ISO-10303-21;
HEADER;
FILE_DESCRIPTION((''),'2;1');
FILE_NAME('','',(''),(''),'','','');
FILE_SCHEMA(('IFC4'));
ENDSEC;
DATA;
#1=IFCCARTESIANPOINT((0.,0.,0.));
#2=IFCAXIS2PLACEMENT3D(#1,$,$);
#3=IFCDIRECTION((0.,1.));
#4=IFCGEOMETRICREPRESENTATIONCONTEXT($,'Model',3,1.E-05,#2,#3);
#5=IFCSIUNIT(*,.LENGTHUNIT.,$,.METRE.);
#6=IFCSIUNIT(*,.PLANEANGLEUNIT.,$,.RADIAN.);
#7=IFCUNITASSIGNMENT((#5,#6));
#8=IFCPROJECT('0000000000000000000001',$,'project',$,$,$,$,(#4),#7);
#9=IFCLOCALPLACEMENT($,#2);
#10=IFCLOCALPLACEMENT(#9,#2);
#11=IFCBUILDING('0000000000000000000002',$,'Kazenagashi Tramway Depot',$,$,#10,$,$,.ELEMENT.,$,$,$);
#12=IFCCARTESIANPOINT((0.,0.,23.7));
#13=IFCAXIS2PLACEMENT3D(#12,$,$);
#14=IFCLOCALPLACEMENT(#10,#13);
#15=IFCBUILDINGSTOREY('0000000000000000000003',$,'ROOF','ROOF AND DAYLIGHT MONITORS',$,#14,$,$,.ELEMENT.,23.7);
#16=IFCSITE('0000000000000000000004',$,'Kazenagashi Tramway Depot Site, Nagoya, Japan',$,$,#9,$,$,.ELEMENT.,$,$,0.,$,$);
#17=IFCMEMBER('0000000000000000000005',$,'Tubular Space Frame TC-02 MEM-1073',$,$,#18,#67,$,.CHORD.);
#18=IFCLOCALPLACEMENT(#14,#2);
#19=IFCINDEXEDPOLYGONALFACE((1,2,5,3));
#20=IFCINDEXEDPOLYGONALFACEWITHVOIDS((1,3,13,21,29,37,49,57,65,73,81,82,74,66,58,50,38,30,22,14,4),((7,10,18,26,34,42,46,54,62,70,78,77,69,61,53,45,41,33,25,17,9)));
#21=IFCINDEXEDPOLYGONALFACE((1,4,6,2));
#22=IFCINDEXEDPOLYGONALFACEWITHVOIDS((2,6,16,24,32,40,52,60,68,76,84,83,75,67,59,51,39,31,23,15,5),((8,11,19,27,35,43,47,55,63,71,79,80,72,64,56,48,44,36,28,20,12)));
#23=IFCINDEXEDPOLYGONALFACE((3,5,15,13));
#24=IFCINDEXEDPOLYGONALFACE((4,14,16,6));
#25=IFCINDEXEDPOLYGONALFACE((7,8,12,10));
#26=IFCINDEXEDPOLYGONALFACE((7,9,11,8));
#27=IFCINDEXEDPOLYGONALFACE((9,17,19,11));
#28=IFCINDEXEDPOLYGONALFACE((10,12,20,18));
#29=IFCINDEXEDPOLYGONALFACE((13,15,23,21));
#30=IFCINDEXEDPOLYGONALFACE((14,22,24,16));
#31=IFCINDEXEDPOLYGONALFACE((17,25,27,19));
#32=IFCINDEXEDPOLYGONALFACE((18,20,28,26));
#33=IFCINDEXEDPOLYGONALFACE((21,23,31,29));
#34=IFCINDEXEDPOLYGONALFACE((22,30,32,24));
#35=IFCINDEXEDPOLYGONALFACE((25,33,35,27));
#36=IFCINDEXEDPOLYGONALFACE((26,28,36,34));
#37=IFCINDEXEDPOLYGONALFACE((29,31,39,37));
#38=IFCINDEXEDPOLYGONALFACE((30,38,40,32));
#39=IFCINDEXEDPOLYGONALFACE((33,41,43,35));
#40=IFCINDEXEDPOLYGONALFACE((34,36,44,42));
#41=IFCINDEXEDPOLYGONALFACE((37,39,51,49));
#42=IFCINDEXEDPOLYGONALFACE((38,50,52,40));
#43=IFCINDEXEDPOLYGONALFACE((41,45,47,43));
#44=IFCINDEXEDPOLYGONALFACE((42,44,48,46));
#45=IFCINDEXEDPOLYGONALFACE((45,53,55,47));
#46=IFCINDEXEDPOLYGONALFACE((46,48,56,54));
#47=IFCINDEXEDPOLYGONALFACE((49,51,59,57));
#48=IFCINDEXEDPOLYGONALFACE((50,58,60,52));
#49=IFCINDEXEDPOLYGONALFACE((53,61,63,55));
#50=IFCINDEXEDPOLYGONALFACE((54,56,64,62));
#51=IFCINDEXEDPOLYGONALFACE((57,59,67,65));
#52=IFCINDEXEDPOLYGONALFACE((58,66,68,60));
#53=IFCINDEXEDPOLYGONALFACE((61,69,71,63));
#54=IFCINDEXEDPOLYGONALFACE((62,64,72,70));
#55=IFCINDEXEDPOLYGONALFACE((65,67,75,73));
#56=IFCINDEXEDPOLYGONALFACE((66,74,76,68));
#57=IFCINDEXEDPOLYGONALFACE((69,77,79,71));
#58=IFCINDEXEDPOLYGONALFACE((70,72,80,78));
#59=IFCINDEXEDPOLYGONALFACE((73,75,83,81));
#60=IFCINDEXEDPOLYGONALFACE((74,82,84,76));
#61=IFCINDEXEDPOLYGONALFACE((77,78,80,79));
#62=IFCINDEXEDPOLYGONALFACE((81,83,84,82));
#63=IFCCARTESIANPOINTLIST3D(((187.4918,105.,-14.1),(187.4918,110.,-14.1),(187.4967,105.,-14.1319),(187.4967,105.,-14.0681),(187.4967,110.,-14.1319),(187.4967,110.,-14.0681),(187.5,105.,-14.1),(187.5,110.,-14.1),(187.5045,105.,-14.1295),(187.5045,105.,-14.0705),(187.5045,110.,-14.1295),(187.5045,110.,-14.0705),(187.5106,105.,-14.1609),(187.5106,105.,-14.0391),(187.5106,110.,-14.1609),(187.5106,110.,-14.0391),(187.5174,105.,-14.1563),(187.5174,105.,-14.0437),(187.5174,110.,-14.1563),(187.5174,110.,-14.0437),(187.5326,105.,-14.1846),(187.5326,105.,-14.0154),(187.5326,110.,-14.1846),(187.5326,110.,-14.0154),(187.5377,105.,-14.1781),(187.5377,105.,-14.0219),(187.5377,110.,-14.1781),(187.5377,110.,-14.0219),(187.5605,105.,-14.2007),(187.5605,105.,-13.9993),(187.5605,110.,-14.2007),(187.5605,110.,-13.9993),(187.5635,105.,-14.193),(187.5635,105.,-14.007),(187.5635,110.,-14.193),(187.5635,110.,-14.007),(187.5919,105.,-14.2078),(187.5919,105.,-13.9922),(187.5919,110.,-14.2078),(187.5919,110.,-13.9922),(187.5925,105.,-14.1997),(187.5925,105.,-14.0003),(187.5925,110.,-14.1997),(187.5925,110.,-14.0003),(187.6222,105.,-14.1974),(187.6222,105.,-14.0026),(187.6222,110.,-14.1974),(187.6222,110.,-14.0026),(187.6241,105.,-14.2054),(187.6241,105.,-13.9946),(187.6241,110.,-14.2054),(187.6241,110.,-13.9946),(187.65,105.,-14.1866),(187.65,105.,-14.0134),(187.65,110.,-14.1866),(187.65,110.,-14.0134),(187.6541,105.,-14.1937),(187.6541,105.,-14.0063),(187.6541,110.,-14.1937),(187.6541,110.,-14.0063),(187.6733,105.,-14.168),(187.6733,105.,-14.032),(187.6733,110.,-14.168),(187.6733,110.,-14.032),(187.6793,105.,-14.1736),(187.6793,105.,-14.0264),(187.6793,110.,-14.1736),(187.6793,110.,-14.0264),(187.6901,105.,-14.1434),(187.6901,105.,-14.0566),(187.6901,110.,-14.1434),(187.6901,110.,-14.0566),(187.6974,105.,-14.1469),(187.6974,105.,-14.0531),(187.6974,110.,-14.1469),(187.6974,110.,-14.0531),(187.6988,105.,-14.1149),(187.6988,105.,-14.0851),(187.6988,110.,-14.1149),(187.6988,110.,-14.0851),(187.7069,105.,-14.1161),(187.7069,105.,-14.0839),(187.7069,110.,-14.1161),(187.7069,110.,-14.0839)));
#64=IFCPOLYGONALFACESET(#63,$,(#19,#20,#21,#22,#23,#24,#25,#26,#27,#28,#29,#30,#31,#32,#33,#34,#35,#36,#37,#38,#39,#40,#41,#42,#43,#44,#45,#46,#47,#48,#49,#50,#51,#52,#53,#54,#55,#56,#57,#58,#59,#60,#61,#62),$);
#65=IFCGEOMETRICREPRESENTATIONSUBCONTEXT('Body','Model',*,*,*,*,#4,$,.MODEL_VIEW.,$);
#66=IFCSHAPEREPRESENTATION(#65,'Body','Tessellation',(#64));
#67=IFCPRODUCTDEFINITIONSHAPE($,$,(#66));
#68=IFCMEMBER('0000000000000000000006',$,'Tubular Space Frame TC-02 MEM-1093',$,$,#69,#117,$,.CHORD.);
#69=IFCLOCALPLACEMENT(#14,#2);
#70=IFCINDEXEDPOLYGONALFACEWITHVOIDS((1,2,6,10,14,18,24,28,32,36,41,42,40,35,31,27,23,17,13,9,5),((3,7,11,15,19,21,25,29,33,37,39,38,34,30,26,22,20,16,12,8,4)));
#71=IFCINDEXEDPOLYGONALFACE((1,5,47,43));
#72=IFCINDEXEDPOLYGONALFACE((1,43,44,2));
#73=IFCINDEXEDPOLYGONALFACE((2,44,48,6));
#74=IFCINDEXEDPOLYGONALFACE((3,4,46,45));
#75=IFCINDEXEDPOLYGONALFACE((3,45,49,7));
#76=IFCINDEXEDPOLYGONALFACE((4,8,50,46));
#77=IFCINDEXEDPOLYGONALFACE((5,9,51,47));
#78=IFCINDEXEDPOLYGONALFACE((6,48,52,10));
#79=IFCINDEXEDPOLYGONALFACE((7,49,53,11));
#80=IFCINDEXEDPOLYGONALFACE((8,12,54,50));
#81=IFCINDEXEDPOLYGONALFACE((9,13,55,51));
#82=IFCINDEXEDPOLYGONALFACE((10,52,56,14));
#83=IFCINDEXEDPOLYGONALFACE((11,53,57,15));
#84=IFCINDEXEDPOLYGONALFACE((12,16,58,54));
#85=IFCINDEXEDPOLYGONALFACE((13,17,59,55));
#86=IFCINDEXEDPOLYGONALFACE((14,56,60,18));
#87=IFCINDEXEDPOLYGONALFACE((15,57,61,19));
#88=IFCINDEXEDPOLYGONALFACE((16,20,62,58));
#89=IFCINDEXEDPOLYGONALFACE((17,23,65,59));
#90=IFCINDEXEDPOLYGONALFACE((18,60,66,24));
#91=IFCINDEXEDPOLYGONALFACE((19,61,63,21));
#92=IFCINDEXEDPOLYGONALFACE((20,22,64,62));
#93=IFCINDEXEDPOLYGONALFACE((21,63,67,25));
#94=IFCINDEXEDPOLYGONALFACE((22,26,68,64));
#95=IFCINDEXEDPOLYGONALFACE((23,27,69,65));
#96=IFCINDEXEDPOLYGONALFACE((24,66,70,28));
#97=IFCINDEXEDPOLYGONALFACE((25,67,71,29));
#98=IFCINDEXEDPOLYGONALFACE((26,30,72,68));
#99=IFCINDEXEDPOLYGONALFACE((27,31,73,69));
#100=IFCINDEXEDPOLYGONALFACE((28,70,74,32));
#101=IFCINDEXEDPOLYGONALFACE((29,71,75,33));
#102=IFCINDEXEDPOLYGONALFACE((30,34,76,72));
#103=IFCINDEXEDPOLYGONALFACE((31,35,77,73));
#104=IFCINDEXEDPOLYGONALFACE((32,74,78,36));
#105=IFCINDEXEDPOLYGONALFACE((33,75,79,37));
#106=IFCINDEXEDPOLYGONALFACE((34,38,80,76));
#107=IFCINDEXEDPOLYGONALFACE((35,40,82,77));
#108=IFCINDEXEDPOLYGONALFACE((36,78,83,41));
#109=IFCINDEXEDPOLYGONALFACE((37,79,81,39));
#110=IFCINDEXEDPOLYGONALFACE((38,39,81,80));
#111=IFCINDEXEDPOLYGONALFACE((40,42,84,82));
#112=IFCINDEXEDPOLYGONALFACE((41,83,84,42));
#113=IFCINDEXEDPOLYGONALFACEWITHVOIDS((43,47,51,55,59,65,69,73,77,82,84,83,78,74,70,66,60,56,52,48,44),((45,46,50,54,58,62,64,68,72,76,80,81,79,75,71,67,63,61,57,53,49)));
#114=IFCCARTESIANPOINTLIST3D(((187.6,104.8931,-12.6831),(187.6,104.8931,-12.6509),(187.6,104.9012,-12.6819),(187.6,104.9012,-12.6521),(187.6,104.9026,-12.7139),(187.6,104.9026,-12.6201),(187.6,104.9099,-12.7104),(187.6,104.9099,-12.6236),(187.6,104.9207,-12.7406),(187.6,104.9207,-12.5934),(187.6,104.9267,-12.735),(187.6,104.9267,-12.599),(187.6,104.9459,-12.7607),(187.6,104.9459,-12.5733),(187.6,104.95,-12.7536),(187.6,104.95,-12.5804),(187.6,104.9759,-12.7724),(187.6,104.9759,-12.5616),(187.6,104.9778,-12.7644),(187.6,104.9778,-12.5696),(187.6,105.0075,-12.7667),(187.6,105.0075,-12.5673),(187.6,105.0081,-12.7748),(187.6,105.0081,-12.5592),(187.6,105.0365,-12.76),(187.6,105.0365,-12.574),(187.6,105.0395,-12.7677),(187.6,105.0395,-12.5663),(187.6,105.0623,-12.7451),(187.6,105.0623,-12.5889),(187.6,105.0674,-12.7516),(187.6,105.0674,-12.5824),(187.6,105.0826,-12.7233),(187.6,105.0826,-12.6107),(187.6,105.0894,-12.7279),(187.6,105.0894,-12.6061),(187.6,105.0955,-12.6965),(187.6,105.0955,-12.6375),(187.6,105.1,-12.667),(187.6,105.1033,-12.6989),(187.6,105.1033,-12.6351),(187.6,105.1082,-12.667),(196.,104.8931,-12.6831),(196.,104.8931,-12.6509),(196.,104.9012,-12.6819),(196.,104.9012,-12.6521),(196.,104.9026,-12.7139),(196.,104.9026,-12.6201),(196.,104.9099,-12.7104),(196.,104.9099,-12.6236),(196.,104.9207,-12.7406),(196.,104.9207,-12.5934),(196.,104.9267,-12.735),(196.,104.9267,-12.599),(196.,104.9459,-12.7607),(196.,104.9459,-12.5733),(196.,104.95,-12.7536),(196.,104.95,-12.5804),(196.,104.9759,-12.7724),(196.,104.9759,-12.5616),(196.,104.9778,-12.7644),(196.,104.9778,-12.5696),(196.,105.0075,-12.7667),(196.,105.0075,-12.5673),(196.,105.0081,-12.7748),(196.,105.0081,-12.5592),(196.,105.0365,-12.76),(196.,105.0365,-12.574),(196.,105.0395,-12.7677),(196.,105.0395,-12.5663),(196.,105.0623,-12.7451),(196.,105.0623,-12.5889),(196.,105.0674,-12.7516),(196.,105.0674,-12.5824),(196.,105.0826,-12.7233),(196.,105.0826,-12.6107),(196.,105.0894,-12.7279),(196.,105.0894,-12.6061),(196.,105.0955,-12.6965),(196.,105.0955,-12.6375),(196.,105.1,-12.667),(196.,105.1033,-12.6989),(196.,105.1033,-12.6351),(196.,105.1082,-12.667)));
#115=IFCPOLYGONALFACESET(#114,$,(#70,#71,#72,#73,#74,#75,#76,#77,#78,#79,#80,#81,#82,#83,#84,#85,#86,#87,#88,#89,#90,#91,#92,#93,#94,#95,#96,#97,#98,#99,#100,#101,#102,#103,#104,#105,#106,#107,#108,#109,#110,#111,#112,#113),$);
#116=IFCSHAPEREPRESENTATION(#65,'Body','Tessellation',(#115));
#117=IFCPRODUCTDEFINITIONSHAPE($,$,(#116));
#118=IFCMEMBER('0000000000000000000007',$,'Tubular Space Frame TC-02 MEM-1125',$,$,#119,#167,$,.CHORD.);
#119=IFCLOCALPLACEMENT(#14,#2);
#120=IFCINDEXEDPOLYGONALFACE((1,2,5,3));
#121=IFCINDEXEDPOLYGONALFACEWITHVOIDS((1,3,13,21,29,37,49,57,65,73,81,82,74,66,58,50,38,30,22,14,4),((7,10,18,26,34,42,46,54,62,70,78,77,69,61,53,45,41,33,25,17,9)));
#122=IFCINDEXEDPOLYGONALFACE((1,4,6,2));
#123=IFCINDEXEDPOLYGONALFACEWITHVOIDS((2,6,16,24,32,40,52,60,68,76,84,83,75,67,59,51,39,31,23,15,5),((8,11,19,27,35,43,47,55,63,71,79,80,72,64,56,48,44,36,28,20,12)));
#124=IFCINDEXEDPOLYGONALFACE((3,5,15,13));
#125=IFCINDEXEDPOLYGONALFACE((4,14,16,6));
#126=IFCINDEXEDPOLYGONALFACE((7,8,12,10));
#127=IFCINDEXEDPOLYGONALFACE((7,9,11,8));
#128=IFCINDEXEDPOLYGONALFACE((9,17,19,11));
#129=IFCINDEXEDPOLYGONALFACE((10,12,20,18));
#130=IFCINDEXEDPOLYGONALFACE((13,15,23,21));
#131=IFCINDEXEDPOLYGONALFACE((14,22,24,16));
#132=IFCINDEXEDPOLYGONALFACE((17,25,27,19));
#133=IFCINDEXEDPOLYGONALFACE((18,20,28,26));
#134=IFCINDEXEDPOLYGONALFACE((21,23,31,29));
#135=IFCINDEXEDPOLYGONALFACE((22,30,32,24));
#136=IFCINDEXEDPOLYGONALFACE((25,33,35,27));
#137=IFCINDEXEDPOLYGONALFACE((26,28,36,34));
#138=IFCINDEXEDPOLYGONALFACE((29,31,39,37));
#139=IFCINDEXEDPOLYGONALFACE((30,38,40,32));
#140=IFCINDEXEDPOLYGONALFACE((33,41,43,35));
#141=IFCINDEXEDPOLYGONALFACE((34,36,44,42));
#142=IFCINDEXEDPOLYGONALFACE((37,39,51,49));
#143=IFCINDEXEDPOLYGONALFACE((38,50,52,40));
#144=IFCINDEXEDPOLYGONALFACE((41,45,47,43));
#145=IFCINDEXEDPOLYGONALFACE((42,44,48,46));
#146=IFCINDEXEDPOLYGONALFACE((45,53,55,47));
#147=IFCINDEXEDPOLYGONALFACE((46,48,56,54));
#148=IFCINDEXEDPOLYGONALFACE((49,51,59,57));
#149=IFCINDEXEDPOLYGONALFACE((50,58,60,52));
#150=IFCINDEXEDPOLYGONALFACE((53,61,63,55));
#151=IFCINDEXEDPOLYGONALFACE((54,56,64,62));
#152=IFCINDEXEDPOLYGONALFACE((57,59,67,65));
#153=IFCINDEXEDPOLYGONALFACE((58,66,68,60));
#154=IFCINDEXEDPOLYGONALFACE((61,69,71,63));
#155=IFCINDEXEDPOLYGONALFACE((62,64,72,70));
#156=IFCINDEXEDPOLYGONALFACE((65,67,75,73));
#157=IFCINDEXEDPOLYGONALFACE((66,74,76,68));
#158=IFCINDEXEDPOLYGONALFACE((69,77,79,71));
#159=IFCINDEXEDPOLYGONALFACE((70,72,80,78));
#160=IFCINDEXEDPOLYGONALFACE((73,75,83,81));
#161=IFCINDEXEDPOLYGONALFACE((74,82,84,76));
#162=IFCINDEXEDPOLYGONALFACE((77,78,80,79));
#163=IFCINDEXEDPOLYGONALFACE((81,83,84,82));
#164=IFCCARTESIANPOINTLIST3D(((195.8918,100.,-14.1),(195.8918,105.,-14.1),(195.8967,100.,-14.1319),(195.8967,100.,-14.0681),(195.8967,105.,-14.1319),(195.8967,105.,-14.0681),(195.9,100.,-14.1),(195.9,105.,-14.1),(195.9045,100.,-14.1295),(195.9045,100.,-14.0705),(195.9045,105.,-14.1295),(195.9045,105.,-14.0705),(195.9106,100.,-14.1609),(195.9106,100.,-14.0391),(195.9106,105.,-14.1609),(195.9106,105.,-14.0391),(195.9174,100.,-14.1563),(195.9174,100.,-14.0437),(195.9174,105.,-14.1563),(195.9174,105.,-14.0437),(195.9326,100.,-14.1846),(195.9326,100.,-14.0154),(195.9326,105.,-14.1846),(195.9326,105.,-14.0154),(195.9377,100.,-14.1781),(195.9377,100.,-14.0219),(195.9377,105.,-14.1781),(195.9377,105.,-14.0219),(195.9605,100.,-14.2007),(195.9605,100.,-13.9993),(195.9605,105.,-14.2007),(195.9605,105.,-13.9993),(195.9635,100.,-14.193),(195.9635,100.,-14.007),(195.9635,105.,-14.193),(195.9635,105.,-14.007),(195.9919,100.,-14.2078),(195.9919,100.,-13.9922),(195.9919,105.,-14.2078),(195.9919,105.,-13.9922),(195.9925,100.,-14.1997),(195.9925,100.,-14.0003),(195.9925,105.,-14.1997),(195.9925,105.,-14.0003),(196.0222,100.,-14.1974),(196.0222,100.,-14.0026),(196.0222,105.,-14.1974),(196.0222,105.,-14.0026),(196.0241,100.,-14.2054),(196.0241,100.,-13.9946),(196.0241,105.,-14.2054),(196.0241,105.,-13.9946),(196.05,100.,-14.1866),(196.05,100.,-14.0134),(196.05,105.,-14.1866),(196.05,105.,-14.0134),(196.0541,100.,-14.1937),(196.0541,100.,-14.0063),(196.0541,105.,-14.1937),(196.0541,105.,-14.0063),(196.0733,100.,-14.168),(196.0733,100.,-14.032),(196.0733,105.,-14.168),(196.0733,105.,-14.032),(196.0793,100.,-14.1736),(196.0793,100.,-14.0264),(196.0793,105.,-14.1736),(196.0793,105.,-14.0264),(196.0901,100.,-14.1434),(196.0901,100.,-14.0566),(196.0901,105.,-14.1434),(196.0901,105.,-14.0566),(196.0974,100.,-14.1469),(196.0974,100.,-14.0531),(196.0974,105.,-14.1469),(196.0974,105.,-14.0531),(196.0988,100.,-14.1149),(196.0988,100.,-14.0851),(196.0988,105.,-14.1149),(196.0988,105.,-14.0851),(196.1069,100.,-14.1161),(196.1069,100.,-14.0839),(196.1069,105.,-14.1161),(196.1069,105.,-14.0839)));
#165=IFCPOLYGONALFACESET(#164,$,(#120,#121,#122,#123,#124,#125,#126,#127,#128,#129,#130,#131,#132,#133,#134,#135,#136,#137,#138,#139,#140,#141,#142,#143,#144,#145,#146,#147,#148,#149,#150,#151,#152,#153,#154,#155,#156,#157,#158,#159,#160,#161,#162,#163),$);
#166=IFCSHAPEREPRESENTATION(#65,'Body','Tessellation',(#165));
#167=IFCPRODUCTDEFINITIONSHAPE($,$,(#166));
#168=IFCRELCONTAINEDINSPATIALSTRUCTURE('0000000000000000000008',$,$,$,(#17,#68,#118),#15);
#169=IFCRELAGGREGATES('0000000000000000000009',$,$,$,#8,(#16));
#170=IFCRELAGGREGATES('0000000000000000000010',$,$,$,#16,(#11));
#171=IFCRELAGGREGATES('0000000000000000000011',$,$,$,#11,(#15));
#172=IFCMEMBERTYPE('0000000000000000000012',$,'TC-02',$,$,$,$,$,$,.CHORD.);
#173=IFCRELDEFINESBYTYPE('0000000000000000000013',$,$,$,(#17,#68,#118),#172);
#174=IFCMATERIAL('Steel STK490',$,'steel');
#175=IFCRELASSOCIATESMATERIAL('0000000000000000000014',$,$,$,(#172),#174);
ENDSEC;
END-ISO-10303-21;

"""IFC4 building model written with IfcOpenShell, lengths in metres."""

from ifc_helpers import new_model, si_unit, direction, frame, origin, origin_2d, place, context, subcontext, project, spatial, hollow_circle, extrude, material, material_profile, profile_set, type_object, element, save


model = new_model("IFC4")

# Units and contexts
model_context = context("Model", 3, precision=1e-05, world=origin(), true_north=direction((0.0, 1.0)))
body_context = subcontext(model_context, "Body", "Model", "MODEL_VIEW")
ifc_project = project(units=[si_unit("LENGTHUNIT", "METRE"), si_unit("PLANEANGLEUNIT", "RADIAN")], contexts=[model_context])

# Site, building, storey
site_placement = place(None, origin())
site = spatial("IfcSite", under=ifc_project, at=site_placement, Name="Kazenagashi Tramway Depot Site, Nagoya, Japan", CompositionType="ELEMENT", RefElevation=0.0)
building_placement = place(site_placement, origin())
building = spatial("IfcBuilding", under=site, at=building_placement, Name="Kazenagashi Tramway Depot", CompositionType="ELEMENT")
storey_placement = place(building_placement, frame((0.0, 0.0, 23.7)))
storey = spatial("IfcBuildingStorey", under=building, at=storey_placement, Name="ROOF", Description="ROOF AND DAYLIGHT MONITORS", CompositionType="ELEMENT", Elevation=23.7)

# Members
ifc_material_1 = material(Name="Steel STK490", Category="steel")
ifc_material_profile_1 = material_profile(ifc_material_1, hollow_circle(Radius=0.1081, WallThickness=0.0082, at=origin_2d()), Name="CHS-216.3x8.2")
ifc_profile_set_1 = profile_set([ifc_material_profile_1], Name="Steel STK490")
member_type_1 = type_object("IfcMemberType", Name="TC-02", PredefinedType="CHORD", material=ifc_profile_set_1)
for number, where, z_axis, x_axis, name in (
    (1, (187.6, 105.0, -14.1), (0.0, 1.0, 0.0), (-1.0, 0.0, 0.0), "Tubular Space Frame TC-02 MEM-1073"),
):
    element("IfcMember", number, at=place(storey_placement, frame(where, z_axis=z_axis, x_axis=x_axis)), inside=storey, type_object=member_type_1, Name=name, PredefinedType="CHORD", context=body_context, shape_type="SweptSolid", body=[
        extrude(hollow_circle(Radius=0.1081, WallThickness=0.0082, at=origin_2d()), origin(), (0.0, 0.0, 1.0), 5.0),
    ])
member_1_placement = place(storey_placement, frame((187.6, 105.0, -12.667), z_axis=(1.0, 0.0, 0.0), x_axis=(0.0, 1.0, 0.0)))
element("IfcMember", 2, at=member_1_placement, inside=storey, type_object=member_type_1, Name="Tubular Space Frame TC-02 MEM-1093", PredefinedType="CHORD", context=body_context, shape_type="SweptSolid", body=[
    extrude(hollow_circle(Radius=0.1081, WallThickness=0.0082, at=origin_2d()), origin(), (0.0, 0.0, 1.0), 8.4),
])
for number, where, z_axis, x_axis, name in (
    (3, (196.0, 100.0, -14.1), (0.0, 1.0, 0.0), (-1.0, 0.0, 0.0), "Tubular Space Frame TC-02 MEM-1125"),
):
    element("IfcMember", number, at=place(storey_placement, frame(where, z_axis=z_axis, x_axis=x_axis)), inside=storey, type_object=member_type_1, Name=name, PredefinedType="CHORD", context=body_context, shape_type="SweptSolid", body=[
        extrude(hollow_circle(Radius=0.1081, WallThickness=0.0082, at=origin_2d()), origin(), (0.0, 0.0, 1.0), 5.0),
    ])

save(model, "model.ifc")
